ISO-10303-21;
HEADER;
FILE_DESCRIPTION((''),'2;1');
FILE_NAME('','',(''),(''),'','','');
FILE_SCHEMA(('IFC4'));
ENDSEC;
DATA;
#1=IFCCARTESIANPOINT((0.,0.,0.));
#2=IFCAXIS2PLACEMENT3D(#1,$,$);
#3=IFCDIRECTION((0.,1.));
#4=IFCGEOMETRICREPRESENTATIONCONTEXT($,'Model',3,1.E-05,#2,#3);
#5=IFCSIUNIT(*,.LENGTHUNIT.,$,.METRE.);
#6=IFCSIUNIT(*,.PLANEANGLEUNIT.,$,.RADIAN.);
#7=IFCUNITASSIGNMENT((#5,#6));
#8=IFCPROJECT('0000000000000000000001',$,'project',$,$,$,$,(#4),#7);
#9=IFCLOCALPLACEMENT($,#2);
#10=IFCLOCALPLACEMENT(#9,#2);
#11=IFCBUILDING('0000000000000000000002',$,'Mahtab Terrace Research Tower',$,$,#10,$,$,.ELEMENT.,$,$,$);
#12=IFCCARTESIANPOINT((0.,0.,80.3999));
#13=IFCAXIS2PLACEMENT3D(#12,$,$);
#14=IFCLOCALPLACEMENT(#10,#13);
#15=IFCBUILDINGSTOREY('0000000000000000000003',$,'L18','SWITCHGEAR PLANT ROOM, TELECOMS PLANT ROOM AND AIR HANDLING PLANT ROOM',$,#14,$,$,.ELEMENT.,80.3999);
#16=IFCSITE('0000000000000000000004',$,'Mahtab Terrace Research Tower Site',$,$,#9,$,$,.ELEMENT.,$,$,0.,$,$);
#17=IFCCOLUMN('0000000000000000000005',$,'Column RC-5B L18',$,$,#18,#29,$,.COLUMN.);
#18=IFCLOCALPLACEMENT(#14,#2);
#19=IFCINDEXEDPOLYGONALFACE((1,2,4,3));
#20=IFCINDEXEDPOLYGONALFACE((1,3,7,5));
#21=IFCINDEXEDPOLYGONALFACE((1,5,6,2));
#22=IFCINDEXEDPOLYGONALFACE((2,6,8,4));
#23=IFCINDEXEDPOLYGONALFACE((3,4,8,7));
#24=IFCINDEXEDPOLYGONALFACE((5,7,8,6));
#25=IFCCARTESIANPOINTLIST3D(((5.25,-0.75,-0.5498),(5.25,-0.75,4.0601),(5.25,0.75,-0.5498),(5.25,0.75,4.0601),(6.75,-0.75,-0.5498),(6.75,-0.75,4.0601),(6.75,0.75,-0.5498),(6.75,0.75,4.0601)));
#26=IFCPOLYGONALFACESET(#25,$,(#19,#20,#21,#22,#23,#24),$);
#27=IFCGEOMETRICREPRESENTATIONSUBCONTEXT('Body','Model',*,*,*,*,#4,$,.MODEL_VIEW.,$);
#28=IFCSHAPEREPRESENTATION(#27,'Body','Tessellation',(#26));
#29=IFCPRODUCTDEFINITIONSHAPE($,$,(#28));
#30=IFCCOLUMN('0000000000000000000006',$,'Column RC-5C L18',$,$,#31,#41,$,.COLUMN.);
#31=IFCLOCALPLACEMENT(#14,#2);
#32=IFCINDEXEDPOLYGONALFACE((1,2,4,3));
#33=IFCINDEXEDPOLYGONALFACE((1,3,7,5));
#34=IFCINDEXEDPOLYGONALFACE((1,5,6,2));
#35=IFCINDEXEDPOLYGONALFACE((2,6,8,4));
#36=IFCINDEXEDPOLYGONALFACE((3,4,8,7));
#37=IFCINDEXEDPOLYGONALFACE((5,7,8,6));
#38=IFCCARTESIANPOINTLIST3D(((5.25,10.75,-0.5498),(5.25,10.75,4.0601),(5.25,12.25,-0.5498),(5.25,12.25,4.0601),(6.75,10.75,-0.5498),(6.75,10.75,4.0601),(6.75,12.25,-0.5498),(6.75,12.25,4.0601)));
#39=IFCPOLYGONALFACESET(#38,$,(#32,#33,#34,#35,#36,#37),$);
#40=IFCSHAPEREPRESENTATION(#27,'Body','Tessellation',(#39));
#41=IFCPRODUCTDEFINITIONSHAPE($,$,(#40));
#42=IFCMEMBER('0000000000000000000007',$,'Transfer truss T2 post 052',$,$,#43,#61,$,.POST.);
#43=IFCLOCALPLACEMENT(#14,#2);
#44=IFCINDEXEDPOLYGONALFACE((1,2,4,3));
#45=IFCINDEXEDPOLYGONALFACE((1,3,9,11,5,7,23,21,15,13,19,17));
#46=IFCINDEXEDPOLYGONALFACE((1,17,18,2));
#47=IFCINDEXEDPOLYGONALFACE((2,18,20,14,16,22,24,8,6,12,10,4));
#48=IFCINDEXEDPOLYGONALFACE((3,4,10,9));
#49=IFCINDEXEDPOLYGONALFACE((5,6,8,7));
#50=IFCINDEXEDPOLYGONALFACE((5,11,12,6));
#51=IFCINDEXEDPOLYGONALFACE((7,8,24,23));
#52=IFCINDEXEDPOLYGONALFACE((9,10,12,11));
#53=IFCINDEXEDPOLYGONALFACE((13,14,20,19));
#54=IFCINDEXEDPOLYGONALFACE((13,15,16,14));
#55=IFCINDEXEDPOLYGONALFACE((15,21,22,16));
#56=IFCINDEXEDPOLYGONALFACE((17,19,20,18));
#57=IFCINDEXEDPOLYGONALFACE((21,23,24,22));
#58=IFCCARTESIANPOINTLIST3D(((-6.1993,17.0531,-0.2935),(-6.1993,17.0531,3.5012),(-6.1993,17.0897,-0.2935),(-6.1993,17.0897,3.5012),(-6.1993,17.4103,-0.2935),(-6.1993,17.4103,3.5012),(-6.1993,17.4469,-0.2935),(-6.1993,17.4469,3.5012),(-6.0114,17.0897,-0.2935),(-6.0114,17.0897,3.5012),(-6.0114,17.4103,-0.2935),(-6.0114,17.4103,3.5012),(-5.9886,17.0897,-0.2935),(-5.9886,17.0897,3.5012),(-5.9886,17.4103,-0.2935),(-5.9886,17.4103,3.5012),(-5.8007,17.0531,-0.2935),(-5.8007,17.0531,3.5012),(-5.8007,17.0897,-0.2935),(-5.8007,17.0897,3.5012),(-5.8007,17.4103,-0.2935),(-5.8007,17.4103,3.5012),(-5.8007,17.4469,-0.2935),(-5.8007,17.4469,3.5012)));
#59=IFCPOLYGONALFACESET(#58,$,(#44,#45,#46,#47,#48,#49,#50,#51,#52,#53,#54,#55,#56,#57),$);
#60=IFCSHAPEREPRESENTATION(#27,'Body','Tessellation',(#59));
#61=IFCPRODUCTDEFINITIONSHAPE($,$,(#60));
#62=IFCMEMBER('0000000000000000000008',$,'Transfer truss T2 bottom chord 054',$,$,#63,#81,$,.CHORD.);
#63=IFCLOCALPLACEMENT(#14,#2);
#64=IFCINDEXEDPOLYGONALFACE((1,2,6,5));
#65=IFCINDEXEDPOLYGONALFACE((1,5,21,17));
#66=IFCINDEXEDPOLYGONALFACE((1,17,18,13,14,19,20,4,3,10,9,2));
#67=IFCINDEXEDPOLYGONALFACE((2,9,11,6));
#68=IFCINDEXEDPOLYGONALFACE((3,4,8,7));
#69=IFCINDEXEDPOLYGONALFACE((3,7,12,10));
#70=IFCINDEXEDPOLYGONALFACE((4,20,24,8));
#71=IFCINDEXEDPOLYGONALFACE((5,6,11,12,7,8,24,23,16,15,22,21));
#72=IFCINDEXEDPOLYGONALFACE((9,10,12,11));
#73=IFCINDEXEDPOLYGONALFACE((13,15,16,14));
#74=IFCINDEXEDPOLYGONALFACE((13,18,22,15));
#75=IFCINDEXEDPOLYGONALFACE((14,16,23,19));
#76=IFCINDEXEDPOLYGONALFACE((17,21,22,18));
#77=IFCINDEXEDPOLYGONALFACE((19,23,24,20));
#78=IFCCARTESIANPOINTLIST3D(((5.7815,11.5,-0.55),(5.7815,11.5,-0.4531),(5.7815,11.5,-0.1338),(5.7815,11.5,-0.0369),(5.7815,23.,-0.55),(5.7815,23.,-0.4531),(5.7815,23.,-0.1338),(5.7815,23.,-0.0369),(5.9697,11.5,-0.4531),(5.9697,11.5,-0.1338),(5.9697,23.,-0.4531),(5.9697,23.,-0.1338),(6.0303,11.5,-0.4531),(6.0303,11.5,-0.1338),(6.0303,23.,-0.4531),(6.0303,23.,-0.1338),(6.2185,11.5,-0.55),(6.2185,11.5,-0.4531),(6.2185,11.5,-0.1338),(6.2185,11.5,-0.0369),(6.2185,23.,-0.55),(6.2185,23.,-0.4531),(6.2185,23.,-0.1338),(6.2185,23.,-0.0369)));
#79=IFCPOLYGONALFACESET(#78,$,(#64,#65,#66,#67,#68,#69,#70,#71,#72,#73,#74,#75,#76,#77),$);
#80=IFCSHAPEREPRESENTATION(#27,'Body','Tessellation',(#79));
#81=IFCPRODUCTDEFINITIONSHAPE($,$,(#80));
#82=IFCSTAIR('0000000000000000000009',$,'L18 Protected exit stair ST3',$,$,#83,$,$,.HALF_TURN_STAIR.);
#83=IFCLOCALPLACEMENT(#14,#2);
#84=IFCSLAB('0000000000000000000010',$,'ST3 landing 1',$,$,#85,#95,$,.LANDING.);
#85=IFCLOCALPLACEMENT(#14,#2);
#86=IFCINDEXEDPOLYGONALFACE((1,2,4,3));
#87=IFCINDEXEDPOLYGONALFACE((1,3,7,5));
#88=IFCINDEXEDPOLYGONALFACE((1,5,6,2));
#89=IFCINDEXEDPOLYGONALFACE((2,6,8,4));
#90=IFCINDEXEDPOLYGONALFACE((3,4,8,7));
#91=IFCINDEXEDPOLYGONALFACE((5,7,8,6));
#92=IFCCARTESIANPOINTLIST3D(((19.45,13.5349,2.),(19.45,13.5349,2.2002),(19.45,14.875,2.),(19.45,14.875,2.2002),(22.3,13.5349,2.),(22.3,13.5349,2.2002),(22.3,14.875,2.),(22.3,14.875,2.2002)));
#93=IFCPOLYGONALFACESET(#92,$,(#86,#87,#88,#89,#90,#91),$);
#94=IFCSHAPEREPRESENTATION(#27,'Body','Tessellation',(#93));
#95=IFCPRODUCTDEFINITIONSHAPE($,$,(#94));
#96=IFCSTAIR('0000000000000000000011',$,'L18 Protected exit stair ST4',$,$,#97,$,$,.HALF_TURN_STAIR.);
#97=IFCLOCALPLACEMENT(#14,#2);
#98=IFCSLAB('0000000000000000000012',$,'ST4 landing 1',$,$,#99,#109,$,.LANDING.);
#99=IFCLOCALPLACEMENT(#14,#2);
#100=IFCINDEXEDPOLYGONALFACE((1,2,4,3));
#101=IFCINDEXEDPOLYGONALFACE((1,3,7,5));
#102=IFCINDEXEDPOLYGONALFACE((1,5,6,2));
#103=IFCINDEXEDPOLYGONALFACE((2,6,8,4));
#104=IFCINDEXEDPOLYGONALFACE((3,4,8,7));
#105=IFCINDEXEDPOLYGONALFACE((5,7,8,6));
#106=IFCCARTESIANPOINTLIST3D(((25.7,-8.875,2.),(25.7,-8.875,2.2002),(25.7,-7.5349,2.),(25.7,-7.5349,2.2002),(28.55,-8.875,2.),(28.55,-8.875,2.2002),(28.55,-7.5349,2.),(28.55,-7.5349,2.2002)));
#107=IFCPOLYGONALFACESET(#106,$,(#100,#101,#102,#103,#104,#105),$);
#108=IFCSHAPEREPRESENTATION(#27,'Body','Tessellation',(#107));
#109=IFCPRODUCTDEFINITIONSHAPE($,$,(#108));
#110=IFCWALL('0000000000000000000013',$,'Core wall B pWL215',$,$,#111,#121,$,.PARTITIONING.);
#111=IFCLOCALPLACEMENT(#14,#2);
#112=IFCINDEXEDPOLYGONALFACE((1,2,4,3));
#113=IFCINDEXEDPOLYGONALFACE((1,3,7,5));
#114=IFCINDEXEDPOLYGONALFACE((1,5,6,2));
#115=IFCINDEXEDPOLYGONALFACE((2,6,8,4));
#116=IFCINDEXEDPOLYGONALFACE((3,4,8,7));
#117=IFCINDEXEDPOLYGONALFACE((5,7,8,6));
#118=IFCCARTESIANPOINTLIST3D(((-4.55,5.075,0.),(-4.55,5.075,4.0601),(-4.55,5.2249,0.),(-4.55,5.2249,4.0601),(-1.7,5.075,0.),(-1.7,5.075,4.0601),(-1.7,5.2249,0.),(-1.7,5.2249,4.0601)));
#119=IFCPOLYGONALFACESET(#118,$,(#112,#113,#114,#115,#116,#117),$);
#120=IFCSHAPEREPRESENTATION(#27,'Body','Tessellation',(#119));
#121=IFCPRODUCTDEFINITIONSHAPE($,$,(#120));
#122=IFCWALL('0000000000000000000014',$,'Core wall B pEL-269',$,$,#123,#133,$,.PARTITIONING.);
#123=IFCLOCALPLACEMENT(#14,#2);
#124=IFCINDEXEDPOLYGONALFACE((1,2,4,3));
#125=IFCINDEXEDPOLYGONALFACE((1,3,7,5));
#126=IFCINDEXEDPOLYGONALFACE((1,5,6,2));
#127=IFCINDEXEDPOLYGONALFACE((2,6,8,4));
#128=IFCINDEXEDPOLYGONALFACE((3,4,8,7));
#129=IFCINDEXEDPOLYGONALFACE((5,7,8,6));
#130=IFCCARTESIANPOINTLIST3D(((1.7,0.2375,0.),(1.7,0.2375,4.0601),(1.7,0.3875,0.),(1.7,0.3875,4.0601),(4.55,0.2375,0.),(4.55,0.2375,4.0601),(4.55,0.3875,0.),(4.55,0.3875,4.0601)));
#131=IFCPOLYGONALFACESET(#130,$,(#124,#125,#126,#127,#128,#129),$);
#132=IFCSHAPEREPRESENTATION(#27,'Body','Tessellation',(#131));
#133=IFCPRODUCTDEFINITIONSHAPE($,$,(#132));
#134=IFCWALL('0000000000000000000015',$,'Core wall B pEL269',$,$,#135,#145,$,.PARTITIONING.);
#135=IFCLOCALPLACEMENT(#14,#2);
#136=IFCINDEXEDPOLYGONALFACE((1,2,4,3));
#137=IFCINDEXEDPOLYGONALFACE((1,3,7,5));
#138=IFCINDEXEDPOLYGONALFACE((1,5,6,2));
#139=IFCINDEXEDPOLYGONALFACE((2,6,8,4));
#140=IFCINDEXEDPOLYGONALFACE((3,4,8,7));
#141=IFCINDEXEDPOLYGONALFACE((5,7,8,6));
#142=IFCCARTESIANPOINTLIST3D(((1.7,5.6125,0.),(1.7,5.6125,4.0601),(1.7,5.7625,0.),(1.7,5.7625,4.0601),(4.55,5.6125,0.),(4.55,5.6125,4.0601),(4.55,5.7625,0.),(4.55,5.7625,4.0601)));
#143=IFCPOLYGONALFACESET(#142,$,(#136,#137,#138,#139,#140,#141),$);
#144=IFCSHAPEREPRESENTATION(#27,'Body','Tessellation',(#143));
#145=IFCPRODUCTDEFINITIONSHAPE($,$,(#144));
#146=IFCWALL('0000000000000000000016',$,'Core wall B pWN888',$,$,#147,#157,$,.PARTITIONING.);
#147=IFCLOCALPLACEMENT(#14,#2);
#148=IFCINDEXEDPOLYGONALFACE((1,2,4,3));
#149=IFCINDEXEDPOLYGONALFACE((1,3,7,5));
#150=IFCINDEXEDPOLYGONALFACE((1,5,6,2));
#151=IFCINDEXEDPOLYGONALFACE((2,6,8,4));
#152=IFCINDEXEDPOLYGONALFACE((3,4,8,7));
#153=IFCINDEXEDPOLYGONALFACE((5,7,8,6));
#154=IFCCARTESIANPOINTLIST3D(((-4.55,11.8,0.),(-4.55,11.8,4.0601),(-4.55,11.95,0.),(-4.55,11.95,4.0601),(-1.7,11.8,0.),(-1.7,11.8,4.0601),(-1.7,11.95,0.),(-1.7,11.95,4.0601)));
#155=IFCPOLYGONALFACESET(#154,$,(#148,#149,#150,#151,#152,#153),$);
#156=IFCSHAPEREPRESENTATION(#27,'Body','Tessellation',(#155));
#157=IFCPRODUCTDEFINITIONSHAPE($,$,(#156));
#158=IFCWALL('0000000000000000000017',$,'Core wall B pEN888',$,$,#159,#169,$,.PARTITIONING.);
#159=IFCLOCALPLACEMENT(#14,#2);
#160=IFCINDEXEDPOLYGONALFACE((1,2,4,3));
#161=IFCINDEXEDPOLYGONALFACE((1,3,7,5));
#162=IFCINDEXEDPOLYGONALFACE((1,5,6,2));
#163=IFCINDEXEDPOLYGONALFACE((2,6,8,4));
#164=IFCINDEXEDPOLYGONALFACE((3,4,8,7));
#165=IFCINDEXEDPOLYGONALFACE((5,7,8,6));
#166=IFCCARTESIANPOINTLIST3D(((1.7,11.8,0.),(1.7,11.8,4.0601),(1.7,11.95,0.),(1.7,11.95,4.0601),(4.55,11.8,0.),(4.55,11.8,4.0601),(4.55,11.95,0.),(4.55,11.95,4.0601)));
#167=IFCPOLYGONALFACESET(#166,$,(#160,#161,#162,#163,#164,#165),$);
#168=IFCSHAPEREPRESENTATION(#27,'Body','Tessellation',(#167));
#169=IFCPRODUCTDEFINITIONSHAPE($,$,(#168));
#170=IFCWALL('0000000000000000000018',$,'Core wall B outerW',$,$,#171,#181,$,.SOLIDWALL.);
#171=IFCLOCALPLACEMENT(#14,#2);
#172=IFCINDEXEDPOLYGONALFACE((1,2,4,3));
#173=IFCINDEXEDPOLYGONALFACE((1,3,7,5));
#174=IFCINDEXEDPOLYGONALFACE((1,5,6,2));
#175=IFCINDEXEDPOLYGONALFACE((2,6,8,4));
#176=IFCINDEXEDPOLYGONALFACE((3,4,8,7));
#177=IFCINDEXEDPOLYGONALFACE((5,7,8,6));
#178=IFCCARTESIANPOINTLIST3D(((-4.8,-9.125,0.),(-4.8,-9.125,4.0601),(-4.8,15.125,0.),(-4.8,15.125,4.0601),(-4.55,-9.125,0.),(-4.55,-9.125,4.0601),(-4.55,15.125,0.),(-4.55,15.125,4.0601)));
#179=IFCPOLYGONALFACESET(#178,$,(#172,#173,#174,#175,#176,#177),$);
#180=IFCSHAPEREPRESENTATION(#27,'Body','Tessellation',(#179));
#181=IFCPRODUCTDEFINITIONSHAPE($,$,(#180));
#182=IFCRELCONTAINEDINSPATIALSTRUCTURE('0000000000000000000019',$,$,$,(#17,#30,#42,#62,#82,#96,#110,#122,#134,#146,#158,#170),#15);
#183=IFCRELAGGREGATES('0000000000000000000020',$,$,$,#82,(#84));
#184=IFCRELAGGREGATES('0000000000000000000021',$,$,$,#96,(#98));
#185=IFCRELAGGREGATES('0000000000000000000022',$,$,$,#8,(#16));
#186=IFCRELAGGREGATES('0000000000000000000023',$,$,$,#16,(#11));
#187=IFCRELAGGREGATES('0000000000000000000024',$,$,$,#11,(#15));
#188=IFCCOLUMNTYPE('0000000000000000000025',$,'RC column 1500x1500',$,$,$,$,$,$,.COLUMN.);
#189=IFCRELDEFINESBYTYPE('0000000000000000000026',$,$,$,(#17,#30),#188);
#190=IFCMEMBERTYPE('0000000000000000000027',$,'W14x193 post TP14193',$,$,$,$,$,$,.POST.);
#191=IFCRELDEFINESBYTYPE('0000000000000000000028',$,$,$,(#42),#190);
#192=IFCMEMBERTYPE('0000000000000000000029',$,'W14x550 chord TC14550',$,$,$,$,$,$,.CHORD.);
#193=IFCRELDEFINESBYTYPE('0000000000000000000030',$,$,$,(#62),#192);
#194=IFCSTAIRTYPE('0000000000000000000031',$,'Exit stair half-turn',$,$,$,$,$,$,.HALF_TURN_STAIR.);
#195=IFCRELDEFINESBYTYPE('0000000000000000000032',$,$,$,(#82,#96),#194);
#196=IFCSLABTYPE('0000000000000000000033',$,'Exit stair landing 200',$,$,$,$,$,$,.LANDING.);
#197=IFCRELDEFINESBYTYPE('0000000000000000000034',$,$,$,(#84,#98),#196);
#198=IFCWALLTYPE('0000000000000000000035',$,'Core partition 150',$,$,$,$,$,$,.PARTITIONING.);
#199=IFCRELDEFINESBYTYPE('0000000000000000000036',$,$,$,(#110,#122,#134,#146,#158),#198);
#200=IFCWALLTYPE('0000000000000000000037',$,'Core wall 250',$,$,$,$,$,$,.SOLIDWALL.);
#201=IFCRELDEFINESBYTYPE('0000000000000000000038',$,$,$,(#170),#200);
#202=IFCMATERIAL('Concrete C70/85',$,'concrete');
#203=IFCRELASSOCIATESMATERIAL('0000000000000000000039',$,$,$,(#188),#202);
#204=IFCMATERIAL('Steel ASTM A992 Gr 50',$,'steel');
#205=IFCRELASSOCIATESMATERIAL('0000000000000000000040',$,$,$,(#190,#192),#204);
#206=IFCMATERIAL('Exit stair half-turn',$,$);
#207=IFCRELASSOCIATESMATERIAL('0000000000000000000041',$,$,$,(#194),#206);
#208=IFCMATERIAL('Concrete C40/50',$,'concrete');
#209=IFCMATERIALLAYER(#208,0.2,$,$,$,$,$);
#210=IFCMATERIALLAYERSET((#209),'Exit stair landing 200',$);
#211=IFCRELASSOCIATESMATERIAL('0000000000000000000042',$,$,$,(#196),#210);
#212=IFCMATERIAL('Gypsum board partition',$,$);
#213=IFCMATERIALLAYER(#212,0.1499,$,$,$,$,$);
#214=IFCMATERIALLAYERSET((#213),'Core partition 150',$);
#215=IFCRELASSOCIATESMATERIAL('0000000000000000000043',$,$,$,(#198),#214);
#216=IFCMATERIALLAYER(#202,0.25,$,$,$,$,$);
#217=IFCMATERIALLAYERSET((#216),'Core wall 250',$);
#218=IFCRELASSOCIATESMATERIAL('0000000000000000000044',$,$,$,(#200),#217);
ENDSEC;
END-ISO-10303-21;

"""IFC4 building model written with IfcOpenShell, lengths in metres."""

from ifc_helpers import new_model, si_unit, direction, frame, frame_2d, origin, origin_2d, place, context, subcontext, project, spatial, polyline, rectangle, i_section, outline, extrude, material, layer, layer_set, material_profile, profile_set, type_object, element, aggregate, save


model = new_model("IFC4")

# Units and contexts
model_context = context("Model", 3, precision=1e-05, world=origin(), true_north=direction((0.0, 1.0)))
body_context = subcontext(model_context, "Body", "Model", "MODEL_VIEW")
ifc_project = project(units=[si_unit("LENGTHUNIT", "METRE"), si_unit("PLANEANGLEUNIT", "RADIAN")], contexts=[model_context])

# Site, building, storey
site_placement = place(None, origin())
site = spatial("IfcSite", under=ifc_project, at=site_placement, Name="Mahtab Terrace Research Tower Site", CompositionType="ELEMENT", RefElevation=0.0)
building_placement = place(site_placement, origin())
building = spatial("IfcBuilding", under=site, at=building_placement, Name="Mahtab Terrace Research Tower", CompositionType="ELEMENT")
storey_placement = place(building_placement, frame((0.0, 0.0, 80.3999)))
storey = spatial("IfcBuildingStorey", under=building, at=storey_placement, Name="L18", Description="SWITCHGEAR PLANT ROOM, TELECOMS PLANT ROOM AND AIR HANDLING PLANT ROOM", CompositionType="ELEMENT", Elevation=80.3999)

# Columns
ifc_material_1 = material(Name="Concrete C70/85", Category="concrete")
ifc_material_profile_1 = material_profile(ifc_material_1, rectangle(XDim=1.5, YDim=1.5, at=origin_2d()), Name="RC column 1500x1500")
ifc_profile_set_1 = profile_set([ifc_material_profile_1], Name="Concrete C70/85")
column_type = type_object("IfcColumnType", Name="RC column 1500x1500", PredefinedType="COLUMN", material=ifc_profile_set_1)
for number, where, z_axis, x_axis, name in (
    (1, (6.0, 0.0, -0.5498), (0.0, 0.0, 1.0), (1.0, 0.0, 0.0), "Column RC-5B L18"),
    (2, (6.0, 11.5, -0.5498), (0.0, 0.0, 1.0), (1.0, 0.0, 0.0), "Column RC-5C L18"),
):
    element("IfcColumn", number, at=place(storey_placement, frame(where, z_axis=z_axis, x_axis=x_axis)), inside=storey, type_object=column_type, Name=name, PredefinedType="COLUMN", context=body_context, shape_type="SweptSolid", body=[
        extrude(rectangle(XDim=1.5, YDim=1.5, at=origin_2d()), origin(), (0.0, 0.0, 1.0), 4.6099),
    ])

# Members
ifc_material_2 = material(Name="Steel ASTM A992 Gr 50", Category="steel")
ifc_material_profile_2 = material_profile(ifc_material_2, i_section(OverallWidth=0.3987, OverallDepth=0.3938, WebThickness=0.0227, FlangeThickness=0.0366, at=origin_2d()), Name="W14X193")
ifc_profile_set_2 = profile_set([ifc_material_profile_2], Name="Steel ASTM A992 Gr 50")
member_type_1 = type_object("IfcMemberType", Name="W14x193 post TP14193", PredefinedType="POST", material=ifc_profile_set_2)
member_1_placement = place(storey_placement, frame((-6.0, 17.25, -0.2935), z_axis=(0.0, 0.0, 1.0), x_axis=(1.0, 0.0, 0.0)))
element("IfcMember", 3, at=member_1_placement, inside=storey, type_object=member_type_1, Name="Transfer truss T2 post 052", PredefinedType="POST", context=body_context, shape_type="SweptSolid", body=[
    extrude(i_section(OverallWidth=0.3987, OverallDepth=0.3938, WebThickness=0.0227, FlangeThickness=0.0366, at=origin_2d()), origin(), (0.0, 0.0, 1.0), 3.7947),
])
ifc_material_profile_3 = material_profile(ifc_material_2, i_section(OverallWidth=0.437, OverallDepth=0.5132, WebThickness=0.0605, FlangeThickness=0.0969, at=origin_2d()), Name="W14X550")
ifc_profile_set_3 = profile_set([ifc_material_profile_3], Name="Steel ASTM A992 Gr 50")
member_type_2 = type_object("IfcMemberType", Name="W14x550 chord TC14550", PredefinedType="CHORD", material=ifc_profile_set_3)
member_2_placement = place(storey_placement, frame((6.0, 11.5, -0.2935), z_axis=(0.0, 1.0, 0.0), x_axis=(-1.0, 0.0, 0.0)))
element("IfcMember", 4, at=member_2_placement, inside=storey, type_object=member_type_2, Name="Transfer truss T2 bottom chord 054", PredefinedType="CHORD", context=body_context, shape_type="SweptSolid", body=[
    extrude(i_section(OverallWidth=0.437, OverallDepth=0.5132, WebThickness=0.0605, FlangeThickness=0.0969, at=origin_2d()), origin(), (0.0, 0.0, 1.0), 11.5),
])

# Stairs, slabs
ifc_material_3 = material(Name="Exit stair half-turn")
stair_type = type_object("IfcStairType", Name="Exit stair half-turn", PredefinedType="HALF_TURN_STAIR", material=ifc_material_3)
stair_1_placement = place(storey_placement, origin())
stair_1 = element("IfcStair", 5, at=stair_1_placement, inside=storey, type_object=stair_type, Name="L18 Protected exit stair ST3", PredefinedType="HALF_TURN_STAIR")
ifc_material_4 = material(Name="Concrete C40/50", Category="concrete")
ifc_layer_1 = layer(ifc_material_4, 0.2)
ifc_layer_set_1 = layer_set([ifc_layer_1], Name="Exit stair landing 200")
slab_type = type_object("IfcSlabType", Name="Exit stair landing 200", PredefinedType="LANDING", material=ifc_layer_set_1)
slab_1_placement = place(storey_placement, frame((0.0, 0.0, 2.0)))
slab_1 = element("IfcSlab", 6, at=slab_1_placement, type_object=slab_type, Name="ST3 landing 1", PredefinedType="LANDING", context=body_context, shape_type="SweptSolid", body=[
    extrude(outline(polyline([(22.3, 13.5349), (22.3, 14.875), (19.45, 14.875), (19.45, 13.5349), (22.3, 13.5349)])), origin(), (0.0, 0.0, 1.0), 0.2002),
])
aggregate(stair_1, [slab_1])
stair_2_placement = place(storey_placement, origin())
stair_2 = element("IfcStair", 7, at=stair_2_placement, inside=storey, type_object=stair_type, Name="L18 Protected exit stair ST4", PredefinedType="HALF_TURN_STAIR")
slab_2_placement = place(storey_placement, frame((0.0, 0.0, 2.0)))
slab_2 = element("IfcSlab", 8, at=slab_2_placement, type_object=slab_type, Name="ST4 landing 1", PredefinedType="LANDING", context=body_context, shape_type="SweptSolid", body=[
    extrude(outline(polyline([(25.7, -7.5349), (25.7, -8.875), (28.55, -8.875), (28.55, -7.5349), (25.7, -7.5349)])), origin(), (0.0, 0.0, 1.0), 0.2002),
])
aggregate(stair_2, [slab_2])

# Walls
ifc_material_5 = material(Name="Gypsum board partition")
ifc_layer_2 = layer(ifc_material_5, 0.1499)
ifc_layer_set_2 = layer_set([ifc_layer_2], Name="Core partition 150")
wall_type_1 = type_object("IfcWallType", Name="Core partition 150", PredefinedType="PARTITIONING", material=ifc_layer_set_2)
for number, where, z_axis, x_axis, name in (
    (9, (-4.55, 5.1499, 0.0), (0.0, 0.0, 1.0), (1.0, 0.0, 0.0), "Core wall B pWL215"),
    (10, (1.7, 0.3125, 0.0), (0.0, 0.0, 1.0), (1.0, 0.0, 0.0), "Core wall B pEL-269"),
    (11, (1.7, 5.6875, 0.0), (0.0, 0.0, 1.0), (1.0, 0.0, 0.0), "Core wall B pEL269"),
    (12, (-4.55, 11.875, 0.0), (0.0, 0.0, 1.0), (1.0, 0.0, 0.0), "Core wall B pWN888"),
    (13, (1.7, 11.875, 0.0), (0.0, 0.0, 1.0), (1.0, 0.0, 0.0), "Core wall B pEN888"),
):
    element("IfcWall", number, at=place(storey_placement, frame(where, z_axis=z_axis, x_axis=x_axis)), inside=storey, type_object=wall_type_1, Name=name, PredefinedType="PARTITIONING", context=body_context, shape_type="SweptSolid", body=[
        extrude(rectangle(XDim=2.8501, YDim=0.1499, at=frame_2d((1.425, 0.0))), origin(), (0.0, 0.0, 1.0), 4.0601),
    ])
ifc_layer_3 = layer(ifc_material_1, 0.25)
ifc_layer_set_3 = layer_set([ifc_layer_3], Name="Core wall 250")
wall_type_2 = type_object("IfcWallType", Name="Core wall 250", PredefinedType="SOLIDWALL", material=ifc_layer_set_3)
wall_1_placement = place(storey_placement, frame((-4.675, 15.125, 0.0), z_axis=(0.0, 0.0, 1.0), x_axis=(0.0, -1.0, 0.0)))
element("IfcWall", 14, at=wall_1_placement, inside=storey, type_object=wall_type_2, Name="Core wall B outerW", PredefinedType="SOLIDWALL", context=body_context, shape_type="SweptSolid", body=[
    extrude(rectangle(XDim=24.25, YDim=0.25, at=frame_2d((12.125, 0.0))), origin(), (0.0, 0.0, 1.0), 4.0601),
])

save(model, "model.ifc")
